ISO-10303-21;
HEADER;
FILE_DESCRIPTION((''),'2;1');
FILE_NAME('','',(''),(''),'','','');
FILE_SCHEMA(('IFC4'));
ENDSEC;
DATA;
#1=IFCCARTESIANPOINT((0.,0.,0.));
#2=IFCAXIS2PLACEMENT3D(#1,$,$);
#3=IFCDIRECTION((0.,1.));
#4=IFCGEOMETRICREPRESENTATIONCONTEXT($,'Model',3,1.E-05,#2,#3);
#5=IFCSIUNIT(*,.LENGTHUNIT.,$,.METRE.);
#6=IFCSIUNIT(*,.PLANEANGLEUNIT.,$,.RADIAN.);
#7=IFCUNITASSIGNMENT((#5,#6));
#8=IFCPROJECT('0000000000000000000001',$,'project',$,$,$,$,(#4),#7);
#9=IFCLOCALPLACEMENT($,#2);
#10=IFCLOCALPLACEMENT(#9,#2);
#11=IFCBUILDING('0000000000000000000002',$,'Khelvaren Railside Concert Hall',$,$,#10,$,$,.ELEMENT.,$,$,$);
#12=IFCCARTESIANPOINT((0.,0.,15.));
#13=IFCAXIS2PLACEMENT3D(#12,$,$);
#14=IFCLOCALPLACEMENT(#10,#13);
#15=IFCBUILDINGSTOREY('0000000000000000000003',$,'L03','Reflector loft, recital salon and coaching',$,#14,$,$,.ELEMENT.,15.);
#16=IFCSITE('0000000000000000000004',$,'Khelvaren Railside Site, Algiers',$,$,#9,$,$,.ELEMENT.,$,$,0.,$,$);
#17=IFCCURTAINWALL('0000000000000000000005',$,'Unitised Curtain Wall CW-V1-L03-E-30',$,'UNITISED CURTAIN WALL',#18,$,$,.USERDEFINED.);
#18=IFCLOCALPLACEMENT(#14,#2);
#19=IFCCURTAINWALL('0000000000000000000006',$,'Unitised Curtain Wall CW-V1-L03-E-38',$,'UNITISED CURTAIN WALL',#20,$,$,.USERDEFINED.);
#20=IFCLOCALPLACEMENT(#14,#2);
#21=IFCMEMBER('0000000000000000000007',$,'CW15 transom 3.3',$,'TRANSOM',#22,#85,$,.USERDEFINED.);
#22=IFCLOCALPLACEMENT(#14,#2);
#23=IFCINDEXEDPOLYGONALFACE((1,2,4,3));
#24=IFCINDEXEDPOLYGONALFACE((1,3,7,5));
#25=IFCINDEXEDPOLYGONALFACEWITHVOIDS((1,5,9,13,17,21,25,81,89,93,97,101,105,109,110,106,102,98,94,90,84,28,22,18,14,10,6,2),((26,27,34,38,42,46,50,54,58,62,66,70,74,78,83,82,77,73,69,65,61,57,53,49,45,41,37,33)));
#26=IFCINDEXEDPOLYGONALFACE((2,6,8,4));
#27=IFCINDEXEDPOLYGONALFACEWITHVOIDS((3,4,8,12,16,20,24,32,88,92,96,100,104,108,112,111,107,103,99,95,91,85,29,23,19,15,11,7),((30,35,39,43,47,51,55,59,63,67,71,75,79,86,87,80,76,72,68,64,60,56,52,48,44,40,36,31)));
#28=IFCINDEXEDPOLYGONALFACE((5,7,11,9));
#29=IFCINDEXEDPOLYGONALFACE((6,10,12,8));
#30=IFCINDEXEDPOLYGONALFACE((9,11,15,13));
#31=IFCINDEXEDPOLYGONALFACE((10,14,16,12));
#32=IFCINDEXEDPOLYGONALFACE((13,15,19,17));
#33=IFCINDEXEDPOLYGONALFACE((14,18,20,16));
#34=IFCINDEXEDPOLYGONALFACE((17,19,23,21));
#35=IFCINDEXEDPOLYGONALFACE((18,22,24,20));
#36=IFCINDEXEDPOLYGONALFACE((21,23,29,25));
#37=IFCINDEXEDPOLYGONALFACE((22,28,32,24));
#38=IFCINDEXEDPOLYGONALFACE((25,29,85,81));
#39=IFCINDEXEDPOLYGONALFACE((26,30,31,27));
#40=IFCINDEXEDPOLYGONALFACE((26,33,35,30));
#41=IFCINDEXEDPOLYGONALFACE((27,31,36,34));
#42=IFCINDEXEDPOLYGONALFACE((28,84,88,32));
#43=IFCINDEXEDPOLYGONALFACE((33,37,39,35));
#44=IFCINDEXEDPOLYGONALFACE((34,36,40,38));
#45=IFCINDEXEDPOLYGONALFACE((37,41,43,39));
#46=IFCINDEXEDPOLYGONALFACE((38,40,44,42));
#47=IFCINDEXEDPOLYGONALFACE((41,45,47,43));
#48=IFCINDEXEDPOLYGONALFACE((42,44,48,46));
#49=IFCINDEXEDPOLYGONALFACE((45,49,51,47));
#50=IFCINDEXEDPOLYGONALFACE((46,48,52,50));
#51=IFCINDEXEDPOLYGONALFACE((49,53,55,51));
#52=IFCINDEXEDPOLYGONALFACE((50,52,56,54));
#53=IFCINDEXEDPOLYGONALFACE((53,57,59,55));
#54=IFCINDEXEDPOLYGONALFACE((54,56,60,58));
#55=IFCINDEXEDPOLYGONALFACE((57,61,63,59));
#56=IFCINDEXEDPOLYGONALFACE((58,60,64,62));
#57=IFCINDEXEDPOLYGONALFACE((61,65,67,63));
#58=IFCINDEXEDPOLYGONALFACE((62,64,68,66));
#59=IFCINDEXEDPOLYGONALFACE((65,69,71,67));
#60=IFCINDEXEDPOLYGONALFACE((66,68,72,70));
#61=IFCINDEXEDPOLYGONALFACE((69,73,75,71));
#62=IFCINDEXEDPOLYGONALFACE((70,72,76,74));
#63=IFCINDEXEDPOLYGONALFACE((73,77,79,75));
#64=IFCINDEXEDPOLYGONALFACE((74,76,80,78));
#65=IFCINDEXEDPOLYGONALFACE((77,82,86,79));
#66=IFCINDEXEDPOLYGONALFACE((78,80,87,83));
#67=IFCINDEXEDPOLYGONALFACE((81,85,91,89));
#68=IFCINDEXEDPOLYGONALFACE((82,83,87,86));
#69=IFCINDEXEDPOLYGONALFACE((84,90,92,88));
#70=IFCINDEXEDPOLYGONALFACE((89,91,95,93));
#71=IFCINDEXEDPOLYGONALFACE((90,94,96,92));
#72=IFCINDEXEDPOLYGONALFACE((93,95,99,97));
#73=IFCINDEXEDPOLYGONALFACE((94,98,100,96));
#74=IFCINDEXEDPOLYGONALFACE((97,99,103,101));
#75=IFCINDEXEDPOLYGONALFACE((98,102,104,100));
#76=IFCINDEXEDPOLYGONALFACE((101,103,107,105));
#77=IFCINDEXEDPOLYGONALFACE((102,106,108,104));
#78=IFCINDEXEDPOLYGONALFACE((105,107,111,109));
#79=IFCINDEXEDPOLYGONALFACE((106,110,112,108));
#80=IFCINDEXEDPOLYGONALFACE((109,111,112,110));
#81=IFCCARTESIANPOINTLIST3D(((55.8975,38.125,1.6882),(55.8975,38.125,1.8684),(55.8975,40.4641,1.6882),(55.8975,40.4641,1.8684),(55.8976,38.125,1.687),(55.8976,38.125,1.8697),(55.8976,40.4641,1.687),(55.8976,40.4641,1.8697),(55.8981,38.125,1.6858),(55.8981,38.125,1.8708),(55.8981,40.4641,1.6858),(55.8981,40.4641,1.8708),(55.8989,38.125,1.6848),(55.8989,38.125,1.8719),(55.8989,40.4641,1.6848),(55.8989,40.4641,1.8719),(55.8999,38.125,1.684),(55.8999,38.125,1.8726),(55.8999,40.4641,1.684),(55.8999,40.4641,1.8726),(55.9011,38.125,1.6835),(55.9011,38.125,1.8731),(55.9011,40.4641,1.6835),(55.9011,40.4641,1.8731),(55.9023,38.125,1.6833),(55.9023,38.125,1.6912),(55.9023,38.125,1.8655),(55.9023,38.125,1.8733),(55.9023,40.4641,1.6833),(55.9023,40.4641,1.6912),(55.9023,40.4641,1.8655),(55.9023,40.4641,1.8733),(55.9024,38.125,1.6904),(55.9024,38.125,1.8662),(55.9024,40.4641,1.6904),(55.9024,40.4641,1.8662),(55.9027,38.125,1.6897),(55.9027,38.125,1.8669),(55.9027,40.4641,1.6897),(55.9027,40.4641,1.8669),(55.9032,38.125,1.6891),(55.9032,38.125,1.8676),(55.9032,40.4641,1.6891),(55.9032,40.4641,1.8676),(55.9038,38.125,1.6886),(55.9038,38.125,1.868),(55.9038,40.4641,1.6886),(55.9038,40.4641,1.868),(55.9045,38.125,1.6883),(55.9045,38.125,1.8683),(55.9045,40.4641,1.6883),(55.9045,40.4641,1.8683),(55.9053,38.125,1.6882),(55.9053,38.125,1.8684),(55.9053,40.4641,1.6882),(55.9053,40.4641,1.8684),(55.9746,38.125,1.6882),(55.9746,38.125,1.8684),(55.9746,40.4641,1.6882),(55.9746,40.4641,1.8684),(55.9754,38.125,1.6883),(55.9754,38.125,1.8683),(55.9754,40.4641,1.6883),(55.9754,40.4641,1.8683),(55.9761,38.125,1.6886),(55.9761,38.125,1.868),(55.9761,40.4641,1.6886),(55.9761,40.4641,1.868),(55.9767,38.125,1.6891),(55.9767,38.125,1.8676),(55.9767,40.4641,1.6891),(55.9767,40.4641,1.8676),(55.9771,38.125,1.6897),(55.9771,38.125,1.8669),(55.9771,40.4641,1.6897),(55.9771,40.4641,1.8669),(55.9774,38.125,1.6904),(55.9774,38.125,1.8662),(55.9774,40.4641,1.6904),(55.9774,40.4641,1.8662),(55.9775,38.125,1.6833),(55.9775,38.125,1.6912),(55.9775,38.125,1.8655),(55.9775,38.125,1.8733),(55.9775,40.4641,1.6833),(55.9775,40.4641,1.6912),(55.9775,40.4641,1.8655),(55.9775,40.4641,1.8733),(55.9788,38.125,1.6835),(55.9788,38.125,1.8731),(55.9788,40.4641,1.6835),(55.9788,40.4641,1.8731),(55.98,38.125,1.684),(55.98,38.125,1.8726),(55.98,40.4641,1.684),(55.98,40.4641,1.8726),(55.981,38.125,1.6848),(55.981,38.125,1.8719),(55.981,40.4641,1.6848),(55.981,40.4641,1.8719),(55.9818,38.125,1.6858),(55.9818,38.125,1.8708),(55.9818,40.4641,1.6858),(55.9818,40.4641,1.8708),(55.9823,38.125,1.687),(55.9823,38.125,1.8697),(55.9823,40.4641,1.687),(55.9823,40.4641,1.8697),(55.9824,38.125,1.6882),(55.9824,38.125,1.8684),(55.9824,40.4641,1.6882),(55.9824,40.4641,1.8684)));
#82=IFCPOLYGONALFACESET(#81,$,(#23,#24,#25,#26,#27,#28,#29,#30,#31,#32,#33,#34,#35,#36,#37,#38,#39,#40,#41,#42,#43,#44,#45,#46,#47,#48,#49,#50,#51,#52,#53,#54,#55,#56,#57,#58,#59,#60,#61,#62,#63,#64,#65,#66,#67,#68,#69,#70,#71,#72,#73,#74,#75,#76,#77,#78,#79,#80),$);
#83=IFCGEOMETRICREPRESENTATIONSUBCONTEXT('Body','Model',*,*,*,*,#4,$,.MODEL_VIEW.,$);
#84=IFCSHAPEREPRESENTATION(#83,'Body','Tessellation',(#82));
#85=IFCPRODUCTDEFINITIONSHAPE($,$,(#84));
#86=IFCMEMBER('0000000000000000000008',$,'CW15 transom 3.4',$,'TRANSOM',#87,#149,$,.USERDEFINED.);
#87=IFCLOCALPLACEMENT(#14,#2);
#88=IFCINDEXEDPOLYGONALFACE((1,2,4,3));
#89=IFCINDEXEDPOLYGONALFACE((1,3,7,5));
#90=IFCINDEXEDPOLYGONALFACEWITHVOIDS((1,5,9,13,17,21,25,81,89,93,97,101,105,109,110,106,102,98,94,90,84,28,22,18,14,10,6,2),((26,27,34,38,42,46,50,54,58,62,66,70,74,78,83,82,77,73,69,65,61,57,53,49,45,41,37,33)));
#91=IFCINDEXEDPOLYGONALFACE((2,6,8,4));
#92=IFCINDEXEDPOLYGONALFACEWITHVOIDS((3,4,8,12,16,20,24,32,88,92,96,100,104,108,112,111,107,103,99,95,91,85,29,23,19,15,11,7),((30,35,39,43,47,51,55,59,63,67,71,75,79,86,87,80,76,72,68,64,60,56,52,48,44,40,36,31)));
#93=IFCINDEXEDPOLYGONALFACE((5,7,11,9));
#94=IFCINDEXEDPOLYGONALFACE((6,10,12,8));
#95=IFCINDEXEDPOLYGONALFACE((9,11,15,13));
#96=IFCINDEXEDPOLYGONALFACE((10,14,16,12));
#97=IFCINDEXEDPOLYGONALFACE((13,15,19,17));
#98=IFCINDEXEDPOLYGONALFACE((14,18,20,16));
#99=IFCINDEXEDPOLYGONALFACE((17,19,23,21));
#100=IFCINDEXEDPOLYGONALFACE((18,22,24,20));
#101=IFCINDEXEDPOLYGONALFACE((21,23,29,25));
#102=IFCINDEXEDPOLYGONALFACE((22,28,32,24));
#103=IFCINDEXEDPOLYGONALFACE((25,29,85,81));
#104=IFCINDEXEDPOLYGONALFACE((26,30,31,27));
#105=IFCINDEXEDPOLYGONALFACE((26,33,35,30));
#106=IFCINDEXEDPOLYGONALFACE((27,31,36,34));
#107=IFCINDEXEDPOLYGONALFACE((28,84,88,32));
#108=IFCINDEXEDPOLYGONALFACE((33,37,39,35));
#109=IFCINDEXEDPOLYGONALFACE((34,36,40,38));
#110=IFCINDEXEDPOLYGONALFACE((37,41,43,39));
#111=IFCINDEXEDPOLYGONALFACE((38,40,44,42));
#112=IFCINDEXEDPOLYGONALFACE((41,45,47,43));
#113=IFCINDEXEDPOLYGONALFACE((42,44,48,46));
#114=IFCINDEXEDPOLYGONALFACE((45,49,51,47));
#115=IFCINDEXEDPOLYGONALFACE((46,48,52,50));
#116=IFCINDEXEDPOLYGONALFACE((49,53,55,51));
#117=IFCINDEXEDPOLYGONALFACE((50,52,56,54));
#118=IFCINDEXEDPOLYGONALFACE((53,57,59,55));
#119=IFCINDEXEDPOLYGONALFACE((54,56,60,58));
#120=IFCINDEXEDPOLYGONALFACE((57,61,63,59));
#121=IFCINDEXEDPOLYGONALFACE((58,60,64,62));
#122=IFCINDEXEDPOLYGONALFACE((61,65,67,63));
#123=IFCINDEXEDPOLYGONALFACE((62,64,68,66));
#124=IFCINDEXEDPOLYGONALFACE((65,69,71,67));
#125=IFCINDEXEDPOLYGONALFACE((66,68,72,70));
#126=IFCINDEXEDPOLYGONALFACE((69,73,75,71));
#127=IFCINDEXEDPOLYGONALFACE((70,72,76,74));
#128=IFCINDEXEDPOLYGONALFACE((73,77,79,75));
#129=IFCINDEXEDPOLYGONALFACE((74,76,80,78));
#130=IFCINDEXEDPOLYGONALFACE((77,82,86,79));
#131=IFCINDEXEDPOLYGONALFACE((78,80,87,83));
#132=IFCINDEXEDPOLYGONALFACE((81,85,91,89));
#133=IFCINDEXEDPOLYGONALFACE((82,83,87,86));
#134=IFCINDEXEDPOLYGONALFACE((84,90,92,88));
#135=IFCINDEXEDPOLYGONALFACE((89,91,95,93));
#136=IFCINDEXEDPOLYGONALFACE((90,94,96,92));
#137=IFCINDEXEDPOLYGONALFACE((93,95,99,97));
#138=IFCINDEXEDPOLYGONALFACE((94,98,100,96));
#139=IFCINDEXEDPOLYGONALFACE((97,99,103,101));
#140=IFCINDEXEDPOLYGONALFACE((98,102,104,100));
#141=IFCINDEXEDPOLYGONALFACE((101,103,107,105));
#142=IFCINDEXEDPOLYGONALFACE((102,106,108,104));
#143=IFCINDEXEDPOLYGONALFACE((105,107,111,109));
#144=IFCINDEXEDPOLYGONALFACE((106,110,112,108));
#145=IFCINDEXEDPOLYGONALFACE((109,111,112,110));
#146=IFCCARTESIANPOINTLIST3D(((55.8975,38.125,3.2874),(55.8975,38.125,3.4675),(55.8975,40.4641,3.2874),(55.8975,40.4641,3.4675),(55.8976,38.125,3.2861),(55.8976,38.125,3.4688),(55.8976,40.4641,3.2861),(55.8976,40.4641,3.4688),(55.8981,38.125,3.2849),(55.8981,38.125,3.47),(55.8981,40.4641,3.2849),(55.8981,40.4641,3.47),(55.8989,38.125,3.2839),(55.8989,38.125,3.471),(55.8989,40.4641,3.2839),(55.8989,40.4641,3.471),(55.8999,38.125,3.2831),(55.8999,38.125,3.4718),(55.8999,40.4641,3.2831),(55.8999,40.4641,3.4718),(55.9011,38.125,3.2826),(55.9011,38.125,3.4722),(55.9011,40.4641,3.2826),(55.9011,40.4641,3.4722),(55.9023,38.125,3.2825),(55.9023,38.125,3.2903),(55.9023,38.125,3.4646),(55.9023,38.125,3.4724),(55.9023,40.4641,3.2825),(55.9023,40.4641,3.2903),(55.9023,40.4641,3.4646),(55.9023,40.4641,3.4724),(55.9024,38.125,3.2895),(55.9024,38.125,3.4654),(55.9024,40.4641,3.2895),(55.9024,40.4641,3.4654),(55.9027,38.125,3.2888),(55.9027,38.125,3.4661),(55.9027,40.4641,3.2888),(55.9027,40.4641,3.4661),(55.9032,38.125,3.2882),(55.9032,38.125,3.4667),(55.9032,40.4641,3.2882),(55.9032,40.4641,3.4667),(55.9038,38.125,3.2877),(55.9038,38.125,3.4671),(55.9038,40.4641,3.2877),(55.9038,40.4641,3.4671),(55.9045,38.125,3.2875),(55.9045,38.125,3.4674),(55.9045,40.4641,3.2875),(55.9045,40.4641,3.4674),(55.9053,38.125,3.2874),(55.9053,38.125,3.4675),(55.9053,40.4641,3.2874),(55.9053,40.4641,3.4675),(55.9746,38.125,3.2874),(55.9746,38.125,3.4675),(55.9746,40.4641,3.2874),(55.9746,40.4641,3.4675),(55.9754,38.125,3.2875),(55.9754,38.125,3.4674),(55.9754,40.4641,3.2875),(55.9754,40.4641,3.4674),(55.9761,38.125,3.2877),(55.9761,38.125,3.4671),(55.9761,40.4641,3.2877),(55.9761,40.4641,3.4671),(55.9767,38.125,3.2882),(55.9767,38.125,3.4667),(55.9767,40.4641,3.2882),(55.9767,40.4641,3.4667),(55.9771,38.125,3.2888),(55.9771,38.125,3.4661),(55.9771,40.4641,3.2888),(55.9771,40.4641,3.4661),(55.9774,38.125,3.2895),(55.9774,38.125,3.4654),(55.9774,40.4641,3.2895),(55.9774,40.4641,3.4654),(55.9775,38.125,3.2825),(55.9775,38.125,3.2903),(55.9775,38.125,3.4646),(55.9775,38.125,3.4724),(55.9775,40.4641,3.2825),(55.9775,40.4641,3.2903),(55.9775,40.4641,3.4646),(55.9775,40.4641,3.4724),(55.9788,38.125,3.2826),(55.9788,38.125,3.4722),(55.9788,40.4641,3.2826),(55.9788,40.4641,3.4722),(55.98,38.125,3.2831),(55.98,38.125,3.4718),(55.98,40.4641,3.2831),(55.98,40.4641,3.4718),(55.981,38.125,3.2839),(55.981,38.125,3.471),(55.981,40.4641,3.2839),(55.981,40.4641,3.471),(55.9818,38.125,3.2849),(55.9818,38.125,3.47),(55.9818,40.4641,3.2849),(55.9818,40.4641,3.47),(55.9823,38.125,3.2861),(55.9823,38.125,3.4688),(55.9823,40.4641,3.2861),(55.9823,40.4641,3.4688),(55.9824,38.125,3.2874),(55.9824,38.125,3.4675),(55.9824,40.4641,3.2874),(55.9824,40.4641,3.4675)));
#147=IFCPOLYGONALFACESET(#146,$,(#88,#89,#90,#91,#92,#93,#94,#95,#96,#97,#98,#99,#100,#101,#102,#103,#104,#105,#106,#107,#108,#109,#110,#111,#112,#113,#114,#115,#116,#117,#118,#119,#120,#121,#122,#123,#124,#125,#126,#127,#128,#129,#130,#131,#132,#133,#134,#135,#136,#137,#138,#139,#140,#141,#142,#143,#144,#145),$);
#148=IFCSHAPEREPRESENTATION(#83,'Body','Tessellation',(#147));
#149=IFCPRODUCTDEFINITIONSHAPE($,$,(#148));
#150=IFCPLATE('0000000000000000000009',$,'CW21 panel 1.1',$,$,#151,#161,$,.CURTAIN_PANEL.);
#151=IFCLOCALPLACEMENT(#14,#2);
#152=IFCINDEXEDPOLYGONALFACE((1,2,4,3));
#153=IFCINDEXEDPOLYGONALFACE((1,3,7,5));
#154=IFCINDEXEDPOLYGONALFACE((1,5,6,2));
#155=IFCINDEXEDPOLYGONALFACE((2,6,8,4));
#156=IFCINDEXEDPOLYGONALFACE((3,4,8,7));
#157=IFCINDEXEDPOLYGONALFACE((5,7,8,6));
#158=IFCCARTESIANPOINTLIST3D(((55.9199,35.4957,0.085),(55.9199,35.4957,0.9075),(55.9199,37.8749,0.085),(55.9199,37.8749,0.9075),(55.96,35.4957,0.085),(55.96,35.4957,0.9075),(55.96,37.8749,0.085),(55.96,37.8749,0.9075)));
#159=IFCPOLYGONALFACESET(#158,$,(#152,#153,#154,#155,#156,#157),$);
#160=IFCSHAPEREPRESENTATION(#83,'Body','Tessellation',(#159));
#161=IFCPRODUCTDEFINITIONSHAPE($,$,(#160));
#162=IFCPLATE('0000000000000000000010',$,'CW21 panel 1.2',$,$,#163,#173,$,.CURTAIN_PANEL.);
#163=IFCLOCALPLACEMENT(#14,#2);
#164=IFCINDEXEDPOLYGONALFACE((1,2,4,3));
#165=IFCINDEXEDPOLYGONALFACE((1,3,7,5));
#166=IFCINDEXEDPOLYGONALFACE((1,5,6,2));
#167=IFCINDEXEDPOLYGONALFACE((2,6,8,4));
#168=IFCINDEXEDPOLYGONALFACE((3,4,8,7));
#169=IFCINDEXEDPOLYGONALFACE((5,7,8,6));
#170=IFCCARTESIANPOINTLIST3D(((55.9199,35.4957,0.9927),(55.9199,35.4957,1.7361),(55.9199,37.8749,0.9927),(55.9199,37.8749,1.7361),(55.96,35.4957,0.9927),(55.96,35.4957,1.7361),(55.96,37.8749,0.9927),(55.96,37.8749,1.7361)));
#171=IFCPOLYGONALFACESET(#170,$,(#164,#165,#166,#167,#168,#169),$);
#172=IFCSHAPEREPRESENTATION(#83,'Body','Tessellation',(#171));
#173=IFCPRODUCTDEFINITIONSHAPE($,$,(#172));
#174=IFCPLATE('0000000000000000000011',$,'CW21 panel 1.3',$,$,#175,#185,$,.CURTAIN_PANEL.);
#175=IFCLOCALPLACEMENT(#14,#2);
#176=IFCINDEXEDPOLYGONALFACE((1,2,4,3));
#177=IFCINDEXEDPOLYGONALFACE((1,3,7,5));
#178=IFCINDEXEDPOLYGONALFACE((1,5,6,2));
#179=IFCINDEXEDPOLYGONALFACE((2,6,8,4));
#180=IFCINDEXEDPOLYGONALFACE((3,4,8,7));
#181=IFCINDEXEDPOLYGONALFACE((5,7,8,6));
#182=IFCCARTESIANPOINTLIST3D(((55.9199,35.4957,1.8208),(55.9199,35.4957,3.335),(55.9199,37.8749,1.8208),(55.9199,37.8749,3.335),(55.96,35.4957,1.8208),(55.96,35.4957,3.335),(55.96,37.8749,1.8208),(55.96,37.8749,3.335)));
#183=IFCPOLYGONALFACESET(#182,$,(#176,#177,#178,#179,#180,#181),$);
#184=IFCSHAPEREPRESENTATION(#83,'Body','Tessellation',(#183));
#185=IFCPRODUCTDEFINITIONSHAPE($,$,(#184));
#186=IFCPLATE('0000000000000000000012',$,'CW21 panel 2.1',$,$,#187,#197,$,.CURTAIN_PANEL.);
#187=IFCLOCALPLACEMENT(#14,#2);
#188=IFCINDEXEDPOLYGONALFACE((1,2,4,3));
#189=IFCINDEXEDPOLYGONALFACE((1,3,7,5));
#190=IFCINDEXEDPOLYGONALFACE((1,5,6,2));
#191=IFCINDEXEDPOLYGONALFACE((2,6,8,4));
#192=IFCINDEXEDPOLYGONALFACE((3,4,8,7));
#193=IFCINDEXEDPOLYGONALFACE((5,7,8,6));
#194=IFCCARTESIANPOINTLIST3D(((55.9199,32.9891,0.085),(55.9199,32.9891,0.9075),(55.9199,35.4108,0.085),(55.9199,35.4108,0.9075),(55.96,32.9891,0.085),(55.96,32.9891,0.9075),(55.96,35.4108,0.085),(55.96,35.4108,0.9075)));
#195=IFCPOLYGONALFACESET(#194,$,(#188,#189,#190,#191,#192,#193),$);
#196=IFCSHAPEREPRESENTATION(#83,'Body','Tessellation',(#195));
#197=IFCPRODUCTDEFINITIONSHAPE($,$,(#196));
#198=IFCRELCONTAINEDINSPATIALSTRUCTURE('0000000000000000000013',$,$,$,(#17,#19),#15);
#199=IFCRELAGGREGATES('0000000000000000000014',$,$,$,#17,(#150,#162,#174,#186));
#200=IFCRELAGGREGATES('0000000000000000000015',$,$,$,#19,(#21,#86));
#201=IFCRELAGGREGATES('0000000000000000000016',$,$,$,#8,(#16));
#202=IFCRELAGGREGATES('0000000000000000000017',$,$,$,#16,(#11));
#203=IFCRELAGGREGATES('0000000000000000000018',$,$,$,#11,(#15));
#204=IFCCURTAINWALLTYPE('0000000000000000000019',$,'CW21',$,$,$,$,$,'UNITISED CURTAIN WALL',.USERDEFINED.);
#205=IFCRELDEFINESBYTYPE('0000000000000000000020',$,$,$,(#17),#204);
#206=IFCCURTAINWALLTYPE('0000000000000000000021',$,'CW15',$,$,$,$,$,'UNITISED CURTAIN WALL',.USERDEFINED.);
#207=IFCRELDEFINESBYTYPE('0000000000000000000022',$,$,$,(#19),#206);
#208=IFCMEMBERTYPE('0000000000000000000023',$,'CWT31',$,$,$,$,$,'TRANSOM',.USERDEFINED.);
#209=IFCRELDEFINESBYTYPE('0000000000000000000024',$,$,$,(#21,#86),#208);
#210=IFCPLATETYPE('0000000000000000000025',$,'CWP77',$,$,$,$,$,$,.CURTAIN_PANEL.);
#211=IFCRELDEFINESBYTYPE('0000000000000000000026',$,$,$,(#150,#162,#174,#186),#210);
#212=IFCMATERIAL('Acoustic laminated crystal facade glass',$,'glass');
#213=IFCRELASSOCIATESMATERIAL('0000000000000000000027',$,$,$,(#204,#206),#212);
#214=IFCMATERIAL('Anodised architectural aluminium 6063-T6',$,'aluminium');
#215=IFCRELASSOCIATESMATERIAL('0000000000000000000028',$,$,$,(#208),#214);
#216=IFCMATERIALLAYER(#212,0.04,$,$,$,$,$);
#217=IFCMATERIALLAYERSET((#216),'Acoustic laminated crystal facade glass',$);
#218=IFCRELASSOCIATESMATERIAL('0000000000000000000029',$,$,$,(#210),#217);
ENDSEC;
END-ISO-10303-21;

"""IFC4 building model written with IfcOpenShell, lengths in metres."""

from ifc_helpers import new_model, si_unit, direction, frame, origin, origin_2d, place, context, subcontext, project, spatial, rectangle, hollow_rectangle, extrude, material, layer, layer_set, material_profile, profile_set, type_object, element, aggregate, save


model = new_model("IFC4")

# Units and contexts
model_context = context("Model", 3, precision=1e-05, world=origin(), true_north=direction((0.0, 1.0)))
body_context = subcontext(model_context, "Body", "Model", "MODEL_VIEW")
ifc_project = project(units=[si_unit("LENGTHUNIT", "METRE"), si_unit("PLANEANGLEUNIT", "RADIAN")], contexts=[model_context])

# Site, building, storey
site_placement = place(None, origin())
site = spatial("IfcSite", under=ifc_project, at=site_placement, Name="Khelvaren Railside Site, Algiers", CompositionType="ELEMENT", RefElevation=0.0)
building_placement = place(site_placement, origin())
building = spatial("IfcBuilding", under=site, at=building_placement, Name="Khelvaren Railside Concert Hall", CompositionType="ELEMENT")
storey_placement = place(building_placement, frame((0.0, 0.0, 15.0)))
storey = spatial("IfcBuildingStorey", under=building, at=storey_placement, Name="L03", Description="Reflector loft, recital salon and coaching", CompositionType="ELEMENT", Elevation=15.0)

# Curtain walls
ifc_material_1 = material(Name="Acoustic laminated crystal facade glass", Category="glass")
curtain_wall_type_1 = type_object("IfcCurtainWallType", Name="CW21", ElementType="UNITISED CURTAIN WALL", PredefinedType="USERDEFINED", material=ifc_material_1)
curtain_wall_1_placement = place(storey_placement, origin())
curtain_wall_1 = element("IfcCurtainWall", 1, at=curtain_wall_1_placement, inside=storey, type_object=curtain_wall_type_1, Name="Unitised Curtain Wall CW-V1-L03-E-30", ObjectType="UNITISED CURTAIN WALL", PredefinedType="USERDEFINED")
ifc_material_2 = material(Name="Anodised architectural aluminium 6063-T6", Category="aluminium")
curtain_wall_type_2 = type_object("IfcCurtainWallType", Name="CW15", ElementType="UNITISED CURTAIN WALL", PredefinedType="USERDEFINED", material=ifc_material_1)
curtain_wall_2_placement = place(storey_placement, origin())
curtain_wall_2 = element("IfcCurtainWall", 2, at=curtain_wall_2_placement, inside=storey, type_object=curtain_wall_type_2, Name="Unitised Curtain Wall CW-V1-L03-E-38", ObjectType="UNITISED CURTAIN WALL", PredefinedType="USERDEFINED")

# Members
ifc_material_profile_1 = material_profile(ifc_material_2, hollow_rectangle(XDim=0.085, YDim=0.1899, WallThickness=0.0049, InnerFilletRadius=0.0029, OuterFilletRadius=0.0049, at=origin_2d()), Name="CWT 85x190x5")
ifc_profile_set_1 = profile_set([ifc_material_profile_1], Name="Anodised architectural aluminium 6063-T6")
member_type_1 = type_object("IfcMemberType", Name="CWT31", ElementType="TRANSOM", PredefinedType="USERDEFINED", material=ifc_profile_set_1)
member_1_placement = place(storey_placement, frame((55.9399, 40.4641, 1.7783), z_axis=(0.0, -1.0, 0.0), x_axis=(1.0, 0.0, 0.0)))
member_1 = element("IfcMember", 3, at=member_1_placement, type_object=member_type_1, Name="CW15 transom 3.3", ObjectType="TRANSOM", PredefinedType="USERDEFINED", context=body_context, shape_type="SweptSolid", body=[
    extrude(hollow_rectangle(XDim=0.085, YDim=0.1899, WallThickness=0.0049, InnerFilletRadius=0.0029, OuterFilletRadius=0.0049, at=origin_2d()), origin(), (0.0, 0.0, 1.0), 2.3391),
])
member_2_placement = place(storey_placement, frame((55.9399, 40.4641, 3.3774), z_axis=(0.0, -1.0, 0.0), x_axis=(1.0, 0.0, 0.0)))
member_2 = element("IfcMember", 4, at=member_2_placement, type_object=member_type_1, Name="CW15 transom 3.4", ObjectType="TRANSOM", PredefinedType="USERDEFINED", context=body_context, shape_type="SweptSolid", body=[
    extrude(hollow_rectangle(XDim=0.085, YDim=0.1899, WallThickness=0.0049, InnerFilletRadius=0.0029, OuterFilletRadius=0.0049, at=origin_2d()), origin(), (0.0, 0.0, 1.0), 2.3391),
])

# Plates
ifc_layer = layer(ifc_material_1, 0.04)
ifc_layer_set = layer_set([ifc_layer], Name="Acoustic laminated crystal facade glass")
plate_type = type_object("IfcPlateType", Name="CWP77", PredefinedType="CURTAIN_PANEL", material=ifc_layer_set)
plate_1_placement = place(storey_placement, frame((55.9399, 36.6853, 0.085), z_axis=(0.0, 0.0, 1.0), x_axis=(0.0, -1.0, 0.0)))
plate_1 = element("IfcPlate", 5, at=plate_1_placement, type_object=plate_type, Name="CW21 panel 1.1", PredefinedType="CURTAIN_PANEL", context=body_context, shape_type="SweptSolid", body=[
    extrude(rectangle(XDim=2.3792, YDim=0.04, at=origin_2d()), origin(), (0.0, 0.0, 1.0), 0.8225),
])
plate_2_placement = place(storey_placement, frame((55.9399, 36.6853, 0.9927), z_axis=(0.0, 0.0, 1.0), x_axis=(0.0, -1.0, 0.0)))
plate_2 = element("IfcPlate", 6, at=plate_2_placement, type_object=plate_type, Name="CW21 panel 1.2", PredefinedType="CURTAIN_PANEL", context=body_context, shape_type="SweptSolid", body=[
    extrude(rectangle(XDim=2.3792, YDim=0.04, at=origin_2d()), origin(), (0.0, 0.0, 1.0), 0.7434),
])
plate_3_placement = place(storey_placement, frame((55.9399, 36.6853, 1.8208), z_axis=(0.0, 0.0, 1.0), x_axis=(0.0, -1.0, 0.0)))
plate_3 = element("IfcPlate", 7, at=plate_3_placement, type_object=plate_type, Name="CW21 panel 1.3", PredefinedType="CURTAIN_PANEL", context=body_context, shape_type="SweptSolid", body=[
    extrude(rectangle(XDim=2.3792, YDim=0.04, at=origin_2d()), origin(), (0.0, 0.0, 1.0), 1.5142),
])
plate_4_placement = place(storey_placement, frame((55.9399, 34.2, 0.085), z_axis=(0.0, 0.0, 1.0), x_axis=(0.0, -1.0, 0.0)))
plate_4 = element("IfcPlate", 8, at=plate_4_placement, type_object=plate_type, Name="CW21 panel 2.1", PredefinedType="CURTAIN_PANEL", context=body_context, shape_type="SweptSolid", body=[
    extrude(rectangle(XDim=2.4216, YDim=0.04, at=origin_2d()), origin(), (0.0, 0.0, 1.0), 0.8225),
])
aggregate(curtain_wall_1, [plate_1, plate_2, plate_3, plate_4])
aggregate(curtain_wall_2, [member_1, member_2])

save(model, "model.ifc")
